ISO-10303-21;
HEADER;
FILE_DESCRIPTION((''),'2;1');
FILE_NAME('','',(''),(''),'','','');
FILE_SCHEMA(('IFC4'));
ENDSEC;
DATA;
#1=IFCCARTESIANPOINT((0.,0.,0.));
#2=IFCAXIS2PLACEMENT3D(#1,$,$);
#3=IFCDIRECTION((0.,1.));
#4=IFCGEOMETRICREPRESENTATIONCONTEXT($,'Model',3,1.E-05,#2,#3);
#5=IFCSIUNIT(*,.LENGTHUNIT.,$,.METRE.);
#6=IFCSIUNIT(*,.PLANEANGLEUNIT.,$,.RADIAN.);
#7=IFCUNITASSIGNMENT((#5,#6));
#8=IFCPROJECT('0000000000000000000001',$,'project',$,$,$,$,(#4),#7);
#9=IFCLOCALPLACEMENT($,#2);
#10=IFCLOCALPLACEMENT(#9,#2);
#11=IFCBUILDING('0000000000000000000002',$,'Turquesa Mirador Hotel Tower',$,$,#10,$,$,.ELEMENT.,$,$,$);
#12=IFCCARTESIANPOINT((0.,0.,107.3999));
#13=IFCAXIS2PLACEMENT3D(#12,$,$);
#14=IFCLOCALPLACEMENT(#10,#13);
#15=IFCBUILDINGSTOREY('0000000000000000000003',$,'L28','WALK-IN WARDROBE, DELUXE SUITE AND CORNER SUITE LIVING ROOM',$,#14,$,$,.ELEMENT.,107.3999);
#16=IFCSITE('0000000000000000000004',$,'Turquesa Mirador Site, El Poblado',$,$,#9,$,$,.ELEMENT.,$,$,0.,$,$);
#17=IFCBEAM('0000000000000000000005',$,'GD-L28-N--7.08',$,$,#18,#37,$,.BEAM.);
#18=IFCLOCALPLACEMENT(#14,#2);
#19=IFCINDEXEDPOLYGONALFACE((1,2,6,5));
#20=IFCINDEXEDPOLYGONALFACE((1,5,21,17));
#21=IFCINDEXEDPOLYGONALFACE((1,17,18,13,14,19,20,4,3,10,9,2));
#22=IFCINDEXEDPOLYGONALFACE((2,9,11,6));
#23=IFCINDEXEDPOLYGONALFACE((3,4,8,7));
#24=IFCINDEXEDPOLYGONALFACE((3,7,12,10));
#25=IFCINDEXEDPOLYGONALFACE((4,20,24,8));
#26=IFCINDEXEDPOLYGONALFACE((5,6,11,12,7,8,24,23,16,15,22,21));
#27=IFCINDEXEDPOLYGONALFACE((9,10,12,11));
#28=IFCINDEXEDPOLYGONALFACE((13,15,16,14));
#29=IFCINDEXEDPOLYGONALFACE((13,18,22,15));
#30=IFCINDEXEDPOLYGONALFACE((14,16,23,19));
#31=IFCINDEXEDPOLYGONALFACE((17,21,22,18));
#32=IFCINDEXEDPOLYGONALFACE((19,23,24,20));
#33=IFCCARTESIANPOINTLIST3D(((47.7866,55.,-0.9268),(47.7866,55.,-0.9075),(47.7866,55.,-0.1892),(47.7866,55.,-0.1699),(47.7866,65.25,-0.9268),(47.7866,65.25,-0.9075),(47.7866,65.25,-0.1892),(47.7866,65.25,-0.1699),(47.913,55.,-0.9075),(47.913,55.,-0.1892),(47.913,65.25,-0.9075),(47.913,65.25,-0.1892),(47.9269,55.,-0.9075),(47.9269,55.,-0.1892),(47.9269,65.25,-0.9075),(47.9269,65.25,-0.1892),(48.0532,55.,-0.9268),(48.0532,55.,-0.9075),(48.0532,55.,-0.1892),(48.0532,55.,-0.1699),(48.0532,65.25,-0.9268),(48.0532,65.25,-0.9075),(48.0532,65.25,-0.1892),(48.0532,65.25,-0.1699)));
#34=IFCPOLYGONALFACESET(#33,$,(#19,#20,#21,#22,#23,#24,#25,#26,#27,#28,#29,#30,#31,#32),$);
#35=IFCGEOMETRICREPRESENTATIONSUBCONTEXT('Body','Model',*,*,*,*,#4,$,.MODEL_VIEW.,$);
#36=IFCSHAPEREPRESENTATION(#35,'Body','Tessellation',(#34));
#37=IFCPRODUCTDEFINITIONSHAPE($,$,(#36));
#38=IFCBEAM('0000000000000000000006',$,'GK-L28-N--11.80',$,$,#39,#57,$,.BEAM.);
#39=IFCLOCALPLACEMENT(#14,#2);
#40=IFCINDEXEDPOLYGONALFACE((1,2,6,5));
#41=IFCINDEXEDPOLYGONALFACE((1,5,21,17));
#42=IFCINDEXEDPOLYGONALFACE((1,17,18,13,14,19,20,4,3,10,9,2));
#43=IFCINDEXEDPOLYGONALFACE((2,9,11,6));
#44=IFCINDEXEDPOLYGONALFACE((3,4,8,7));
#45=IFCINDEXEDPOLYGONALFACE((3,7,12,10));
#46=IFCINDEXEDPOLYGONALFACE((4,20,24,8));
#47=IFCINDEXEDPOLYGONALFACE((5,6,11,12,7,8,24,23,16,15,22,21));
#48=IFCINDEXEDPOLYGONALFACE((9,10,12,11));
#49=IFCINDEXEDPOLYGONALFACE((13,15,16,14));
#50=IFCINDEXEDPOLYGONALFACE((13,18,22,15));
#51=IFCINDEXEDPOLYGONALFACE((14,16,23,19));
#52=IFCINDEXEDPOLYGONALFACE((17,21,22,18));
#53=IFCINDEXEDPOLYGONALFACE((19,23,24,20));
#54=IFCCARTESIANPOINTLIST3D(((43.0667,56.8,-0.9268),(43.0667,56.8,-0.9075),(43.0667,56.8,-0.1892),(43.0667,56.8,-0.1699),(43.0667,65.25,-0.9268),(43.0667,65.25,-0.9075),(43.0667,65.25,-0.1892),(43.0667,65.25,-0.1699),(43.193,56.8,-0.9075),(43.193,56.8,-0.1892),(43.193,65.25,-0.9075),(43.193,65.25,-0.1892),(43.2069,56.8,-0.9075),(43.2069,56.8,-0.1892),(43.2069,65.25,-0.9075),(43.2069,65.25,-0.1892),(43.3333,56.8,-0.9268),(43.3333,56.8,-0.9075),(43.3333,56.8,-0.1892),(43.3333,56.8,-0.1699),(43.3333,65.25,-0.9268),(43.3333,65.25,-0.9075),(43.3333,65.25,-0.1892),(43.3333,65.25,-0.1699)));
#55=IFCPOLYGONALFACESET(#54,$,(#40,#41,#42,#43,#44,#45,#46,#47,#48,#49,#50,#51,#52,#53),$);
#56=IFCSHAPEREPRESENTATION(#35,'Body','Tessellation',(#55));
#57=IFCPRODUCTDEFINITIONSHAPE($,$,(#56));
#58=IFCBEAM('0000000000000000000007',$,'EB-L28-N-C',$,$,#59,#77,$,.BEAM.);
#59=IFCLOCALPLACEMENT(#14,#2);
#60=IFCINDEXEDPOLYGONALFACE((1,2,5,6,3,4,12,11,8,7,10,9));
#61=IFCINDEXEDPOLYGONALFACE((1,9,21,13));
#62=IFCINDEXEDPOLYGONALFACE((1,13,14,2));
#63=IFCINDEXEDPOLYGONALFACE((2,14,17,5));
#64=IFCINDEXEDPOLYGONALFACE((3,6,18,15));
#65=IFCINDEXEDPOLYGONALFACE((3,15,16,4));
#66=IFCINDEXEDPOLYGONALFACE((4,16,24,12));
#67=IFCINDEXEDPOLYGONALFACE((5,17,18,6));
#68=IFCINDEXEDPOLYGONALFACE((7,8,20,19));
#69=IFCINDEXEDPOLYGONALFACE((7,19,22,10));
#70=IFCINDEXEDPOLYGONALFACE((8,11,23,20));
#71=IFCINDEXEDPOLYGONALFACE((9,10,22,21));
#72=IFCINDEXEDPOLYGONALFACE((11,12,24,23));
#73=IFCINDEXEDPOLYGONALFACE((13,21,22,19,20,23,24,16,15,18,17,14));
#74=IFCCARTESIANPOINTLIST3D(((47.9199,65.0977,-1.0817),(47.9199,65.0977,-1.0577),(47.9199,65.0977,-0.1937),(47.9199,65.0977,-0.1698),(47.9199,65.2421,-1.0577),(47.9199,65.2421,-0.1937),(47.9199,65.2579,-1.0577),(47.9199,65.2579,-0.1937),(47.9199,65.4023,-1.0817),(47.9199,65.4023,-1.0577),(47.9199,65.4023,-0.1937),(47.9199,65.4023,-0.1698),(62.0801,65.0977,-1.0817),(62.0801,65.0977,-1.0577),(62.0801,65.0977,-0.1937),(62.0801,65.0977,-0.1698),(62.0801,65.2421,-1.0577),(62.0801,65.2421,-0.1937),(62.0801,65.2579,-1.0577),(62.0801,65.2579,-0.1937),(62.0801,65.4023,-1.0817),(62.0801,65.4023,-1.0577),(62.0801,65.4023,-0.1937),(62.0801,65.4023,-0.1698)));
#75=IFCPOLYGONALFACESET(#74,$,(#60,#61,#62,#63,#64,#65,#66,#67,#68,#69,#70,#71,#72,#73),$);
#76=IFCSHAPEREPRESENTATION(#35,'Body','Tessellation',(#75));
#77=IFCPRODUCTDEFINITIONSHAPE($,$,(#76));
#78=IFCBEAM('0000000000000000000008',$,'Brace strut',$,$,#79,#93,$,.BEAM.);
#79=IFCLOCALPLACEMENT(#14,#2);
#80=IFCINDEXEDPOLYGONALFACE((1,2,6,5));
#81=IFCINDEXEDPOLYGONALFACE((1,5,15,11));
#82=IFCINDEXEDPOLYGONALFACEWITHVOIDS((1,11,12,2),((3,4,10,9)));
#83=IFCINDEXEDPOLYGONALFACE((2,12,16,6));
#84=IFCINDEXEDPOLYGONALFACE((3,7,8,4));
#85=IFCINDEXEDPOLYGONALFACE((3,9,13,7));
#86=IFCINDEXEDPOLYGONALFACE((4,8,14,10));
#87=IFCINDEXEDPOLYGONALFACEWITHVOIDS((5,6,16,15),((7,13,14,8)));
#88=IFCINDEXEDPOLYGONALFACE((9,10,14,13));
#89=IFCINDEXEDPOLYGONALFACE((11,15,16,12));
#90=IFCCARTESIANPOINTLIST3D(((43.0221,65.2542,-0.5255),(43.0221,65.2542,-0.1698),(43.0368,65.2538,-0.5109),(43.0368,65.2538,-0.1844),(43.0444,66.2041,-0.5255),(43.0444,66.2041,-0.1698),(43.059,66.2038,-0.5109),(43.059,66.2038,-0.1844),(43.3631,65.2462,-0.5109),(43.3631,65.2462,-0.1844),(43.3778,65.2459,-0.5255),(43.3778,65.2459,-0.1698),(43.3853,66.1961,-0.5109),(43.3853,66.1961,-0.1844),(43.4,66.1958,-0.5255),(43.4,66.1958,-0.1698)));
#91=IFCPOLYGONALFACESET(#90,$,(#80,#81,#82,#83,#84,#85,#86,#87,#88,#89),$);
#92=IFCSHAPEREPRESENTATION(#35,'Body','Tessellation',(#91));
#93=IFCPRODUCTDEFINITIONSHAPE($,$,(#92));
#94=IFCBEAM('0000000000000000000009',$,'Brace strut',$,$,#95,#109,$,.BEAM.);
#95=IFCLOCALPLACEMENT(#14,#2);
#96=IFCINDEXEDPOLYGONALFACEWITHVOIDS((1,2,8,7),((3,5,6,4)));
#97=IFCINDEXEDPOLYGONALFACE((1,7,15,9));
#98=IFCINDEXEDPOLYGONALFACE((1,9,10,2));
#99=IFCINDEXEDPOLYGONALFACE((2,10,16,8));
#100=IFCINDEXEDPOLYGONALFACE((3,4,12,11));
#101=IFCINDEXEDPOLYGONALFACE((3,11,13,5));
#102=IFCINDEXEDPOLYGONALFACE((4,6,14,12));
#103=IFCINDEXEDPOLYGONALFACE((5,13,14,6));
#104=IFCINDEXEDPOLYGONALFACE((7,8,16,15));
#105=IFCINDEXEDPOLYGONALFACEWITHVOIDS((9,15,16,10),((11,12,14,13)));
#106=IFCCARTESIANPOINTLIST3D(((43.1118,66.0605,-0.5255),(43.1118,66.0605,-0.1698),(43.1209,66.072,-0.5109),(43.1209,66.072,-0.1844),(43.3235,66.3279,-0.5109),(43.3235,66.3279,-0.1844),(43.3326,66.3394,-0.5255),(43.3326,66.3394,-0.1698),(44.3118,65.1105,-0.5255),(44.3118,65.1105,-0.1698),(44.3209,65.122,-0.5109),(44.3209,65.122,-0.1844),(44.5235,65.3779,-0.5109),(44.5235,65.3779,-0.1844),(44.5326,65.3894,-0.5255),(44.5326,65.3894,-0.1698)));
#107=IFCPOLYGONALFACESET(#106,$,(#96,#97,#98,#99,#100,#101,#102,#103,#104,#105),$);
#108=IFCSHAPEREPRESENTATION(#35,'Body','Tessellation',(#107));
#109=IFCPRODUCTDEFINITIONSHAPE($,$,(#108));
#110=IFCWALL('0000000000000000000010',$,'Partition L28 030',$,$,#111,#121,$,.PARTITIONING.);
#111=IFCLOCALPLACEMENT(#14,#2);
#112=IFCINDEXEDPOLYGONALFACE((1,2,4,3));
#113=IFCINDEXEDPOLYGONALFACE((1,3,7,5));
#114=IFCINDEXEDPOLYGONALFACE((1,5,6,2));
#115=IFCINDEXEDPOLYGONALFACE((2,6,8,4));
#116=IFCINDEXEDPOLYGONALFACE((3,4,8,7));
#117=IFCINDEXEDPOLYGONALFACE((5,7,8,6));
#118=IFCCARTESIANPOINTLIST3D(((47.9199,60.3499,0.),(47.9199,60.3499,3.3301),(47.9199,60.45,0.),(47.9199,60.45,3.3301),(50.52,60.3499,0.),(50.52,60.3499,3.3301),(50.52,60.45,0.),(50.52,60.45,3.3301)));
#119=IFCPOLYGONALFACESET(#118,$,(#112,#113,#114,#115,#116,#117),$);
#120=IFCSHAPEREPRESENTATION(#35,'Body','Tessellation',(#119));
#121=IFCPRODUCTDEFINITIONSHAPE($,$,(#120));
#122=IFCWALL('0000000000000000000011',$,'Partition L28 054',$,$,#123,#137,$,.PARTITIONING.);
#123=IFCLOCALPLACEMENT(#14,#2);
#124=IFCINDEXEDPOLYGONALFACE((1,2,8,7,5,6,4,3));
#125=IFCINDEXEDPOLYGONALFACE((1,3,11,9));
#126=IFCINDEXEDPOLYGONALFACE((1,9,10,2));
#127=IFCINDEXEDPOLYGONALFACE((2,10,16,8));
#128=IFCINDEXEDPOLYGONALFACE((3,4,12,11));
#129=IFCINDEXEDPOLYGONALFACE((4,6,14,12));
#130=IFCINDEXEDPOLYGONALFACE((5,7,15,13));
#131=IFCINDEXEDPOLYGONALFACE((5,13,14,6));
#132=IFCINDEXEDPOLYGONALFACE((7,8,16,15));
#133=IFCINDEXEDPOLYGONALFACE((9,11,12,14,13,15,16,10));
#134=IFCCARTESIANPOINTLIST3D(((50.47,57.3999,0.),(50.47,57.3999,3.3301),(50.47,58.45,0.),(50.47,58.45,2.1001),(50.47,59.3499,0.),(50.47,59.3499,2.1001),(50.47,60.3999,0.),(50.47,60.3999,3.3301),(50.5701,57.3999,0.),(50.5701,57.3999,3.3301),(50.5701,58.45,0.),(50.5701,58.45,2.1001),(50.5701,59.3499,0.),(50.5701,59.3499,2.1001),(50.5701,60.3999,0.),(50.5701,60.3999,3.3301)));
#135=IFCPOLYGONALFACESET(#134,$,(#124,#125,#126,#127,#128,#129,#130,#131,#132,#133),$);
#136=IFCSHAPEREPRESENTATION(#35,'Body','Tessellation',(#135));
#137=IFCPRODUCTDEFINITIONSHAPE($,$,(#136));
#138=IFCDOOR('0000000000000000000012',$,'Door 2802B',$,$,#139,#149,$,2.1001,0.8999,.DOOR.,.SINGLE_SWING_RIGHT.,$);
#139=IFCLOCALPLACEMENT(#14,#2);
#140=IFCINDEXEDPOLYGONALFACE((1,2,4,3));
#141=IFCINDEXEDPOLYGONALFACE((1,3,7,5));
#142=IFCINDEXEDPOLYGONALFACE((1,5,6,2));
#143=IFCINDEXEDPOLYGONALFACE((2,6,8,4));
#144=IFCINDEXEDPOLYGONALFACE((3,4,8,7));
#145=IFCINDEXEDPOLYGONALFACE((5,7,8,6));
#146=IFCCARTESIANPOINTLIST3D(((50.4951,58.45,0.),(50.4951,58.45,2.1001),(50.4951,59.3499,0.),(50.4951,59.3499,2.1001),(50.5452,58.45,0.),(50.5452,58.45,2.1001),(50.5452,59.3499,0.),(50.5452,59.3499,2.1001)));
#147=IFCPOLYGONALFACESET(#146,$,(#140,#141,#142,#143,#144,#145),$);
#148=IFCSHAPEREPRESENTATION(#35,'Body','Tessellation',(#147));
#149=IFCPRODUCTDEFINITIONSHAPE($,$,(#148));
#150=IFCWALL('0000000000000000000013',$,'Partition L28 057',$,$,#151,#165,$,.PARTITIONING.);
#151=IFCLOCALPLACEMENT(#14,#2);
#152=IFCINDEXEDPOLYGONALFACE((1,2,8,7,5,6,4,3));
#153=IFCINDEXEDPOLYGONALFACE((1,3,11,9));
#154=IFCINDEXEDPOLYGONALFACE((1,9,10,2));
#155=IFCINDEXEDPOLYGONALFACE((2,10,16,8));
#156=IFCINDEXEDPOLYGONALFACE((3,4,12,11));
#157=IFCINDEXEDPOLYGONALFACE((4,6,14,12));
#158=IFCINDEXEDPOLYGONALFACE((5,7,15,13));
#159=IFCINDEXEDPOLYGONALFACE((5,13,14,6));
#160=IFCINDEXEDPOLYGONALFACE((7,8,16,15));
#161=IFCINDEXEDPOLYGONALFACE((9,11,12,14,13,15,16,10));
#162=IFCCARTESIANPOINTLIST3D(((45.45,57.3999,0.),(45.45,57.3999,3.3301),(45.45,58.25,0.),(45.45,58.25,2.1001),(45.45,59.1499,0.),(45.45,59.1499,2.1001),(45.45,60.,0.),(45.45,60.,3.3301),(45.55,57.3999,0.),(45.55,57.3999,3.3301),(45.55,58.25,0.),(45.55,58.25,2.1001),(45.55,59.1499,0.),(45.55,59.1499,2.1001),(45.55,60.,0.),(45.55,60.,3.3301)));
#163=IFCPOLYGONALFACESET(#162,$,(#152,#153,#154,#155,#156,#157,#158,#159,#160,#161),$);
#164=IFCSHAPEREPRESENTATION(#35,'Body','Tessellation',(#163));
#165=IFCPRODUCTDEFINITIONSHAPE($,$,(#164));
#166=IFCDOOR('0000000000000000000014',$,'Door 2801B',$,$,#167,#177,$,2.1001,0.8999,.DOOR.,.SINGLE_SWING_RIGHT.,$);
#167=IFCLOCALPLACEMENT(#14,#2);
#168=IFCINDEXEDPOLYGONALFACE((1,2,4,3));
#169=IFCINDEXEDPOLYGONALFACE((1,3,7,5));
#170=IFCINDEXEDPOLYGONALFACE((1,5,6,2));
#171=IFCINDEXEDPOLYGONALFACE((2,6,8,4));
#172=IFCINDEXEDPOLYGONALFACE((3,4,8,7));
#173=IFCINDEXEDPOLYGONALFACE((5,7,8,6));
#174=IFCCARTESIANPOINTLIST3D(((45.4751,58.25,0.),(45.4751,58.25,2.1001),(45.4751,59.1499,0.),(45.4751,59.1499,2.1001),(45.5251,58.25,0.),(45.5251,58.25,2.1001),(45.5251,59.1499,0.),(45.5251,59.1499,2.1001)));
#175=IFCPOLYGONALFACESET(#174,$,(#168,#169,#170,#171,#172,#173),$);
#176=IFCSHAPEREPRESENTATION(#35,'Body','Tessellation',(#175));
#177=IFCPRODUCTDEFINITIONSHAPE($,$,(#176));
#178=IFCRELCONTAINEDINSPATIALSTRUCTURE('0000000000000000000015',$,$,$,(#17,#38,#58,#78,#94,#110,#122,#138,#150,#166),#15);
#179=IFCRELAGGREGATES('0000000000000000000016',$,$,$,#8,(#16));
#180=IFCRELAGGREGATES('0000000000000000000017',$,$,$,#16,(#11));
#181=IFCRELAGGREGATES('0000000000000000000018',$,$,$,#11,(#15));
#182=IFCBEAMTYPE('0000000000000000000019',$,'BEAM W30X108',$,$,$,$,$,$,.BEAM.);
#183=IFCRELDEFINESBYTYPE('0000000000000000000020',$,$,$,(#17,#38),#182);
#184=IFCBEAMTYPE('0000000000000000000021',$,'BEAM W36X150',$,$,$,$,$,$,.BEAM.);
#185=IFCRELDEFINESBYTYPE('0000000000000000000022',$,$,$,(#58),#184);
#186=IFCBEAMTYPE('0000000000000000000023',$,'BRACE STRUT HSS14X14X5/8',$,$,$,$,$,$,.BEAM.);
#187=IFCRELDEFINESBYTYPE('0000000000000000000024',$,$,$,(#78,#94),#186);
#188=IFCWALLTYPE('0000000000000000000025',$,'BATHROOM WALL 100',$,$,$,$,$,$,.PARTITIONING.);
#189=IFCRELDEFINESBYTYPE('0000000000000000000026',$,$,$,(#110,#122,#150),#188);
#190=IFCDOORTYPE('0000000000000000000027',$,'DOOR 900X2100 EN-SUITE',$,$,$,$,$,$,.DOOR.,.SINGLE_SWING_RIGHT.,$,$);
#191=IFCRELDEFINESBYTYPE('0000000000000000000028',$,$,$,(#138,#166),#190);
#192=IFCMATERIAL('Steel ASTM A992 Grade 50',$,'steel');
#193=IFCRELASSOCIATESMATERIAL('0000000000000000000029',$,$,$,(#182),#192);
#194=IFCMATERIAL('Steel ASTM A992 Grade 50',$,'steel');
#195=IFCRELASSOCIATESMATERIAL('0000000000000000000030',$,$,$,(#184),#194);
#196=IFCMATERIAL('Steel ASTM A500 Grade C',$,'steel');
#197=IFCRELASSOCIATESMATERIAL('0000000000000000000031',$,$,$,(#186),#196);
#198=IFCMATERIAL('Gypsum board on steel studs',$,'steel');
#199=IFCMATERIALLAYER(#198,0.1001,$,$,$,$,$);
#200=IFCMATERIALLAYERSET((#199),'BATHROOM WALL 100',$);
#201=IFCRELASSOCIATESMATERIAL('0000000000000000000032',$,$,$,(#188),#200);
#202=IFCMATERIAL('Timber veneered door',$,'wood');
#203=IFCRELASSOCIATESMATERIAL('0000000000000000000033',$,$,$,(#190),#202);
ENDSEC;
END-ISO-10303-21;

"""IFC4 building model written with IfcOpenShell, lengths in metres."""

from ifc_helpers import new_model, si_unit, direction, frame, frame_2d, origin, origin_2d, place, context, subcontext, project, spatial, rectangle, hollow_rectangle, i_section, extrude, material, layer, layer_set, material_profile, profile_set, type_object, element, fill, save


model = new_model("IFC4")

# Units and contexts
model_context = context("Model", 3, precision=1e-05, world=origin(), true_north=direction((0.0, 1.0)))
body_context = subcontext(model_context, "Body", "Model", "MODEL_VIEW")
ifc_project = project(units=[si_unit("LENGTHUNIT", "METRE"), si_unit("PLANEANGLEUNIT", "RADIAN")], contexts=[model_context])

# Site, building, storey
site_placement = place(None, origin())
site = spatial("IfcSite", under=ifc_project, at=site_placement, Name="Turquesa Mirador Site, El Poblado", CompositionType="ELEMENT", RefElevation=0.0)
building_placement = place(site_placement, origin())
building = spatial("IfcBuilding", under=site, at=building_placement, Name="Turquesa Mirador Hotel Tower", CompositionType="ELEMENT")
storey_placement = place(building_placement, frame((0.0, 0.0, 107.3999)))
storey = spatial("IfcBuildingStorey", under=building, at=storey_placement, Name="L28", Description="WALK-IN WARDROBE, DELUXE SUITE AND CORNER SUITE LIVING ROOM", CompositionType="ELEMENT", Elevation=107.3999)

# Beams
ifc_material_1 = material(Name="Steel ASTM A992 Grade 50", Category="steel")
ifc_material_profile_1 = material_profile(ifc_material_1, i_section(OverallWidth=0.2666, OverallDepth=0.7568, WebThickness=0.0139, FlangeThickness=0.0193, at=origin_2d()), Name="W30X108")
ifc_profile_set_1 = profile_set([ifc_material_profile_1], Name="Steel ASTM A992 Grade 50")
beam_type_1 = type_object("IfcBeamType", Name="BEAM W30X108", PredefinedType="BEAM", material=ifc_profile_set_1)
beam_1_placement = place(storey_placement, frame((47.9199, 65.25, -0.5483), z_axis=(0.0, -1.0, 0.0), x_axis=(1.0, 0.0, 0.0)))
element("IfcBeam", 1, at=beam_1_placement, inside=storey, type_object=beam_type_1, Name="GD-L28-N--7.08", PredefinedType="BEAM", context=body_context, shape_type="SweptSolid", body=[
    extrude(i_section(OverallWidth=0.2666, OverallDepth=0.7568, WebThickness=0.0139, FlangeThickness=0.0193, at=origin_2d()), origin(), (0.0, 0.0, 1.0), 10.25),
])
beam_2_placement = place(storey_placement, frame((43.2, 65.25, -0.5483), z_axis=(0.0, -1.0, 0.0), x_axis=(1.0, 0.0, 0.0)))
element("IfcBeam", 2, at=beam_2_placement, inside=storey, type_object=beam_type_1, Name="GK-L28-N--11.80", PredefinedType="BEAM", context=body_context, shape_type="SweptSolid", body=[
    extrude(i_section(OverallWidth=0.2666, OverallDepth=0.7568, WebThickness=0.0139, FlangeThickness=0.0193, at=origin_2d()), origin(), (0.0, 0.0, 1.0), 8.45),
])
ifc_material_2 = material(Name="Steel ASTM A992 Grade 50", Category="steel")
ifc_material_profile_2 = material_profile(ifc_material_2, i_section(OverallWidth=0.3047, OverallDepth=0.9119, WebThickness=0.0159, FlangeThickness=0.0239, at=origin_2d()), Name="W36X150")
ifc_profile_set_2 = profile_set([ifc_material_profile_2], Name="Steel ASTM A992 Grade 50")
beam_type_2 = type_object("IfcBeamType", Name="BEAM W36X150", PredefinedType="BEAM", material=ifc_profile_set_2)
beam_3_placement = place(storey_placement, frame((47.9199, 65.25, -0.6257), z_axis=(1.0, 0.0, 0.0), x_axis=(0.0, 1.0, 0.0)))
element("IfcBeam", 3, at=beam_3_placement, inside=storey, type_object=beam_type_2, Name="EB-L28-N-C", PredefinedType="BEAM", context=body_context, shape_type="SweptSolid", body=[
    extrude(i_section(OverallWidth=0.3047, OverallDepth=0.9119, WebThickness=0.0159, FlangeThickness=0.0239, at=origin_2d()), origin(), (0.0, 0.0, 1.0), 14.1602),
])
ifc_material_3 = material(Name="Steel ASTM A500 Grade C", Category="steel")
ifc_material_profile_3 = material_profile(ifc_material_3, hollow_rectangle(XDim=0.3557, YDim=0.3557, WallThickness=0.0146, at=origin_2d()), Name="HSS14X14X5/8")
ifc_profile_set_3 = profile_set([ifc_material_profile_3], Name="Steel ASTM A500 Grade C")
beam_type_3 = type_object("IfcBeamType", Name="BRACE STRUT HSS14X14X5/8", PredefinedType="BEAM", material=ifc_profile_set_3)
beam_4_placement = place(storey_placement, frame((43.2222, 66.2, -0.3477), z_axis=(-0.023381, -0.999727, 0.0), x_axis=(0.999727, -0.023381, 0.0)))
element("IfcBeam", 4, at=beam_4_placement, inside=storey, type_object=beam_type_3, Name="Brace strut", PredefinedType="BEAM", context=body_context, shape_type="SweptSolid", body=[
    extrude(hollow_rectangle(XDim=0.3557, YDim=0.3557, WallThickness=0.0146, at=origin_2d()), origin(), (0.0, 0.0, 1.0), 0.9502),
])
beam_5_placement = place(storey_placement, frame((43.2222, 66.2, -0.3477), z_axis=(0.784049, -0.620699, 0.0), x_axis=(0.620699, 0.784049, 0.0)))
element("IfcBeam", 5, at=beam_5_placement, inside=storey, type_object=beam_type_3, Name="Brace strut", PredefinedType="BEAM", context=body_context, shape_type="SweptSolid", body=[
    extrude(hollow_rectangle(XDim=0.3557, YDim=0.3557, WallThickness=0.0146, at=origin_2d()), origin(), (0.0, 0.0, 1.0), 1.5305),
])

# Wall
ifc_material_4 = material(Name="Gypsum board on steel studs", Category="steel")
ifc_layer_1 = layer(ifc_material_4, 0.1001)
ifc_layer_set_1 = layer_set([ifc_layer_1], Name="BATHROOM WALL 100")
wall_type_1 = type_object("IfcWallType", Name="BATHROOM WALL 100", PredefinedType="PARTITIONING", material=ifc_layer_set_1)
wall_1_placement = place(storey_placement, frame((47.9199, 60.3999, 0.0), z_axis=(0.0, 0.0, 1.0), x_axis=(1.0, 0.0, 0.0)))
element("IfcWall", 6, at=wall_1_placement, inside=storey, type_object=wall_type_1, Name="Partition L28 030", PredefinedType="PARTITIONING", context=body_context, shape_type="SweptSolid", body=[
    extrude(rectangle(XDim=2.6001, YDim=0.1001, at=frame_2d((1.3, 0.0))), origin(), (0.0, 0.0, 1.0), 3.3301),
])

# Walls, openings, doors
wall_2_placement = place(storey_placement, frame((50.52, 57.3999, 0.0), z_axis=(0.0, 0.0, 1.0), x_axis=(0.0, 1.0, 0.0)))
wall_2 = element("IfcWall", 7, at=wall_2_placement, inside=storey, type_object=wall_type_1, Name="Partition L28 054", PredefinedType="PARTITIONING", context=body_context, shape_type="SweptSolid", body=[
    extrude(rectangle(XDim=3.0, YDim=0.1001, at=frame_2d((1.5, 0.0))), origin(), (0.0, 0.0, 1.0), 3.3301),
])
opening_1_placement = place(wall_2_placement, frame((1.05, 0.0, 0.0)))
opening_1 = element("IfcOpeningElement", 8, at=opening_1_placement, cuts=wall_2, PredefinedType="OPENING", context=body_context, shape_type="SweptSolid", body=[
    extrude(rectangle(XDim=0.8999, YDim=2.1001, at=frame_2d((0.45, 1.05))), frame((0.0, 0.0601, 0.0), z_axis=(0.0, -1.0, 0.0), x_axis=(1.0, 0.0, 0.0)), (0.0, 0.0, 1.0), 0.1201),
])
ifc_material_5 = material(Name="Timber veneered door", Category="wood")
door_type = type_object("IfcDoorType", Name="DOOR 900X2100 EN-SUITE", OperationType="SINGLE_SWING_RIGHT", PredefinedType="DOOR", material=ifc_material_5)
door_1_placement = place(opening_1_placement, origin())
door_1 = element("IfcDoor", 9, at=door_1_placement, inside=storey, type_object=door_type, Name="Door 2802B", OperationType="SINGLE_SWING_RIGHT", OverallHeight=2.1001, OverallWidth=0.8999, PredefinedType="DOOR", context=body_context, shape_type="SweptSolid", body=[
    extrude(rectangle(XDim=0.8999, YDim=2.1001, at=frame_2d((0.45, 1.05))), frame((0.0, 0.0249, 0.0), z_axis=(0.0, -1.0, 0.0), x_axis=(1.0, 0.0, 0.0)), (0.0, 0.0, 1.0), 0.05),
])
fill(opening_1, door_1)
wall_3_placement = place(storey_placement, frame((45.5, 57.3999, 0.0), z_axis=(0.0, 0.0, 1.0), x_axis=(0.0, 1.0, 0.0)))
wall_3 = element("IfcWall", 10, at=wall_3_placement, inside=storey, type_object=wall_type_1, Name="Partition L28 057", PredefinedType="PARTITIONING", context=body_context, shape_type="SweptSolid", body=[
    extrude(rectangle(XDim=2.6001, YDim=0.1001, at=frame_2d((1.3, 0.0))), origin(), (0.0, 0.0, 1.0), 3.3301),
])
opening_2_placement = place(wall_3_placement, frame((0.8501, 0.0, 0.0)))
opening_2 = element("IfcOpeningElement", 11, at=opening_2_placement, cuts=wall_3, PredefinedType="OPENING", context=body_context, shape_type="SweptSolid", body=[
    extrude(rectangle(XDim=0.8999, YDim=2.1001, at=frame_2d((0.45, 1.05))), frame((0.0, 0.0601, 0.0), z_axis=(0.0, -1.0, 0.0), x_axis=(1.0, 0.0, 0.0)), (0.0, 0.0, 1.0), 0.1201),
])
door_2_placement = place(opening_2_placement, origin())
door_2 = element("IfcDoor", 12, at=door_2_placement, inside=storey, type_object=door_type, Name="Door 2801B", OperationType="SINGLE_SWING_RIGHT", OverallHeight=2.1001, OverallWidth=0.8999, PredefinedType="DOOR", context=body_context, shape_type="SweptSolid", body=[
    extrude(rectangle(XDim=0.8999, YDim=2.1001, at=frame_2d((0.45, 1.05))), frame((0.0, 0.0249, 0.0), z_axis=(0.0, -1.0, 0.0), x_axis=(1.0, 0.0, 0.0)), (0.0, 0.0, 1.0), 0.05),
])
fill(opening_2, door_2)

save(model, "model.ifc")
